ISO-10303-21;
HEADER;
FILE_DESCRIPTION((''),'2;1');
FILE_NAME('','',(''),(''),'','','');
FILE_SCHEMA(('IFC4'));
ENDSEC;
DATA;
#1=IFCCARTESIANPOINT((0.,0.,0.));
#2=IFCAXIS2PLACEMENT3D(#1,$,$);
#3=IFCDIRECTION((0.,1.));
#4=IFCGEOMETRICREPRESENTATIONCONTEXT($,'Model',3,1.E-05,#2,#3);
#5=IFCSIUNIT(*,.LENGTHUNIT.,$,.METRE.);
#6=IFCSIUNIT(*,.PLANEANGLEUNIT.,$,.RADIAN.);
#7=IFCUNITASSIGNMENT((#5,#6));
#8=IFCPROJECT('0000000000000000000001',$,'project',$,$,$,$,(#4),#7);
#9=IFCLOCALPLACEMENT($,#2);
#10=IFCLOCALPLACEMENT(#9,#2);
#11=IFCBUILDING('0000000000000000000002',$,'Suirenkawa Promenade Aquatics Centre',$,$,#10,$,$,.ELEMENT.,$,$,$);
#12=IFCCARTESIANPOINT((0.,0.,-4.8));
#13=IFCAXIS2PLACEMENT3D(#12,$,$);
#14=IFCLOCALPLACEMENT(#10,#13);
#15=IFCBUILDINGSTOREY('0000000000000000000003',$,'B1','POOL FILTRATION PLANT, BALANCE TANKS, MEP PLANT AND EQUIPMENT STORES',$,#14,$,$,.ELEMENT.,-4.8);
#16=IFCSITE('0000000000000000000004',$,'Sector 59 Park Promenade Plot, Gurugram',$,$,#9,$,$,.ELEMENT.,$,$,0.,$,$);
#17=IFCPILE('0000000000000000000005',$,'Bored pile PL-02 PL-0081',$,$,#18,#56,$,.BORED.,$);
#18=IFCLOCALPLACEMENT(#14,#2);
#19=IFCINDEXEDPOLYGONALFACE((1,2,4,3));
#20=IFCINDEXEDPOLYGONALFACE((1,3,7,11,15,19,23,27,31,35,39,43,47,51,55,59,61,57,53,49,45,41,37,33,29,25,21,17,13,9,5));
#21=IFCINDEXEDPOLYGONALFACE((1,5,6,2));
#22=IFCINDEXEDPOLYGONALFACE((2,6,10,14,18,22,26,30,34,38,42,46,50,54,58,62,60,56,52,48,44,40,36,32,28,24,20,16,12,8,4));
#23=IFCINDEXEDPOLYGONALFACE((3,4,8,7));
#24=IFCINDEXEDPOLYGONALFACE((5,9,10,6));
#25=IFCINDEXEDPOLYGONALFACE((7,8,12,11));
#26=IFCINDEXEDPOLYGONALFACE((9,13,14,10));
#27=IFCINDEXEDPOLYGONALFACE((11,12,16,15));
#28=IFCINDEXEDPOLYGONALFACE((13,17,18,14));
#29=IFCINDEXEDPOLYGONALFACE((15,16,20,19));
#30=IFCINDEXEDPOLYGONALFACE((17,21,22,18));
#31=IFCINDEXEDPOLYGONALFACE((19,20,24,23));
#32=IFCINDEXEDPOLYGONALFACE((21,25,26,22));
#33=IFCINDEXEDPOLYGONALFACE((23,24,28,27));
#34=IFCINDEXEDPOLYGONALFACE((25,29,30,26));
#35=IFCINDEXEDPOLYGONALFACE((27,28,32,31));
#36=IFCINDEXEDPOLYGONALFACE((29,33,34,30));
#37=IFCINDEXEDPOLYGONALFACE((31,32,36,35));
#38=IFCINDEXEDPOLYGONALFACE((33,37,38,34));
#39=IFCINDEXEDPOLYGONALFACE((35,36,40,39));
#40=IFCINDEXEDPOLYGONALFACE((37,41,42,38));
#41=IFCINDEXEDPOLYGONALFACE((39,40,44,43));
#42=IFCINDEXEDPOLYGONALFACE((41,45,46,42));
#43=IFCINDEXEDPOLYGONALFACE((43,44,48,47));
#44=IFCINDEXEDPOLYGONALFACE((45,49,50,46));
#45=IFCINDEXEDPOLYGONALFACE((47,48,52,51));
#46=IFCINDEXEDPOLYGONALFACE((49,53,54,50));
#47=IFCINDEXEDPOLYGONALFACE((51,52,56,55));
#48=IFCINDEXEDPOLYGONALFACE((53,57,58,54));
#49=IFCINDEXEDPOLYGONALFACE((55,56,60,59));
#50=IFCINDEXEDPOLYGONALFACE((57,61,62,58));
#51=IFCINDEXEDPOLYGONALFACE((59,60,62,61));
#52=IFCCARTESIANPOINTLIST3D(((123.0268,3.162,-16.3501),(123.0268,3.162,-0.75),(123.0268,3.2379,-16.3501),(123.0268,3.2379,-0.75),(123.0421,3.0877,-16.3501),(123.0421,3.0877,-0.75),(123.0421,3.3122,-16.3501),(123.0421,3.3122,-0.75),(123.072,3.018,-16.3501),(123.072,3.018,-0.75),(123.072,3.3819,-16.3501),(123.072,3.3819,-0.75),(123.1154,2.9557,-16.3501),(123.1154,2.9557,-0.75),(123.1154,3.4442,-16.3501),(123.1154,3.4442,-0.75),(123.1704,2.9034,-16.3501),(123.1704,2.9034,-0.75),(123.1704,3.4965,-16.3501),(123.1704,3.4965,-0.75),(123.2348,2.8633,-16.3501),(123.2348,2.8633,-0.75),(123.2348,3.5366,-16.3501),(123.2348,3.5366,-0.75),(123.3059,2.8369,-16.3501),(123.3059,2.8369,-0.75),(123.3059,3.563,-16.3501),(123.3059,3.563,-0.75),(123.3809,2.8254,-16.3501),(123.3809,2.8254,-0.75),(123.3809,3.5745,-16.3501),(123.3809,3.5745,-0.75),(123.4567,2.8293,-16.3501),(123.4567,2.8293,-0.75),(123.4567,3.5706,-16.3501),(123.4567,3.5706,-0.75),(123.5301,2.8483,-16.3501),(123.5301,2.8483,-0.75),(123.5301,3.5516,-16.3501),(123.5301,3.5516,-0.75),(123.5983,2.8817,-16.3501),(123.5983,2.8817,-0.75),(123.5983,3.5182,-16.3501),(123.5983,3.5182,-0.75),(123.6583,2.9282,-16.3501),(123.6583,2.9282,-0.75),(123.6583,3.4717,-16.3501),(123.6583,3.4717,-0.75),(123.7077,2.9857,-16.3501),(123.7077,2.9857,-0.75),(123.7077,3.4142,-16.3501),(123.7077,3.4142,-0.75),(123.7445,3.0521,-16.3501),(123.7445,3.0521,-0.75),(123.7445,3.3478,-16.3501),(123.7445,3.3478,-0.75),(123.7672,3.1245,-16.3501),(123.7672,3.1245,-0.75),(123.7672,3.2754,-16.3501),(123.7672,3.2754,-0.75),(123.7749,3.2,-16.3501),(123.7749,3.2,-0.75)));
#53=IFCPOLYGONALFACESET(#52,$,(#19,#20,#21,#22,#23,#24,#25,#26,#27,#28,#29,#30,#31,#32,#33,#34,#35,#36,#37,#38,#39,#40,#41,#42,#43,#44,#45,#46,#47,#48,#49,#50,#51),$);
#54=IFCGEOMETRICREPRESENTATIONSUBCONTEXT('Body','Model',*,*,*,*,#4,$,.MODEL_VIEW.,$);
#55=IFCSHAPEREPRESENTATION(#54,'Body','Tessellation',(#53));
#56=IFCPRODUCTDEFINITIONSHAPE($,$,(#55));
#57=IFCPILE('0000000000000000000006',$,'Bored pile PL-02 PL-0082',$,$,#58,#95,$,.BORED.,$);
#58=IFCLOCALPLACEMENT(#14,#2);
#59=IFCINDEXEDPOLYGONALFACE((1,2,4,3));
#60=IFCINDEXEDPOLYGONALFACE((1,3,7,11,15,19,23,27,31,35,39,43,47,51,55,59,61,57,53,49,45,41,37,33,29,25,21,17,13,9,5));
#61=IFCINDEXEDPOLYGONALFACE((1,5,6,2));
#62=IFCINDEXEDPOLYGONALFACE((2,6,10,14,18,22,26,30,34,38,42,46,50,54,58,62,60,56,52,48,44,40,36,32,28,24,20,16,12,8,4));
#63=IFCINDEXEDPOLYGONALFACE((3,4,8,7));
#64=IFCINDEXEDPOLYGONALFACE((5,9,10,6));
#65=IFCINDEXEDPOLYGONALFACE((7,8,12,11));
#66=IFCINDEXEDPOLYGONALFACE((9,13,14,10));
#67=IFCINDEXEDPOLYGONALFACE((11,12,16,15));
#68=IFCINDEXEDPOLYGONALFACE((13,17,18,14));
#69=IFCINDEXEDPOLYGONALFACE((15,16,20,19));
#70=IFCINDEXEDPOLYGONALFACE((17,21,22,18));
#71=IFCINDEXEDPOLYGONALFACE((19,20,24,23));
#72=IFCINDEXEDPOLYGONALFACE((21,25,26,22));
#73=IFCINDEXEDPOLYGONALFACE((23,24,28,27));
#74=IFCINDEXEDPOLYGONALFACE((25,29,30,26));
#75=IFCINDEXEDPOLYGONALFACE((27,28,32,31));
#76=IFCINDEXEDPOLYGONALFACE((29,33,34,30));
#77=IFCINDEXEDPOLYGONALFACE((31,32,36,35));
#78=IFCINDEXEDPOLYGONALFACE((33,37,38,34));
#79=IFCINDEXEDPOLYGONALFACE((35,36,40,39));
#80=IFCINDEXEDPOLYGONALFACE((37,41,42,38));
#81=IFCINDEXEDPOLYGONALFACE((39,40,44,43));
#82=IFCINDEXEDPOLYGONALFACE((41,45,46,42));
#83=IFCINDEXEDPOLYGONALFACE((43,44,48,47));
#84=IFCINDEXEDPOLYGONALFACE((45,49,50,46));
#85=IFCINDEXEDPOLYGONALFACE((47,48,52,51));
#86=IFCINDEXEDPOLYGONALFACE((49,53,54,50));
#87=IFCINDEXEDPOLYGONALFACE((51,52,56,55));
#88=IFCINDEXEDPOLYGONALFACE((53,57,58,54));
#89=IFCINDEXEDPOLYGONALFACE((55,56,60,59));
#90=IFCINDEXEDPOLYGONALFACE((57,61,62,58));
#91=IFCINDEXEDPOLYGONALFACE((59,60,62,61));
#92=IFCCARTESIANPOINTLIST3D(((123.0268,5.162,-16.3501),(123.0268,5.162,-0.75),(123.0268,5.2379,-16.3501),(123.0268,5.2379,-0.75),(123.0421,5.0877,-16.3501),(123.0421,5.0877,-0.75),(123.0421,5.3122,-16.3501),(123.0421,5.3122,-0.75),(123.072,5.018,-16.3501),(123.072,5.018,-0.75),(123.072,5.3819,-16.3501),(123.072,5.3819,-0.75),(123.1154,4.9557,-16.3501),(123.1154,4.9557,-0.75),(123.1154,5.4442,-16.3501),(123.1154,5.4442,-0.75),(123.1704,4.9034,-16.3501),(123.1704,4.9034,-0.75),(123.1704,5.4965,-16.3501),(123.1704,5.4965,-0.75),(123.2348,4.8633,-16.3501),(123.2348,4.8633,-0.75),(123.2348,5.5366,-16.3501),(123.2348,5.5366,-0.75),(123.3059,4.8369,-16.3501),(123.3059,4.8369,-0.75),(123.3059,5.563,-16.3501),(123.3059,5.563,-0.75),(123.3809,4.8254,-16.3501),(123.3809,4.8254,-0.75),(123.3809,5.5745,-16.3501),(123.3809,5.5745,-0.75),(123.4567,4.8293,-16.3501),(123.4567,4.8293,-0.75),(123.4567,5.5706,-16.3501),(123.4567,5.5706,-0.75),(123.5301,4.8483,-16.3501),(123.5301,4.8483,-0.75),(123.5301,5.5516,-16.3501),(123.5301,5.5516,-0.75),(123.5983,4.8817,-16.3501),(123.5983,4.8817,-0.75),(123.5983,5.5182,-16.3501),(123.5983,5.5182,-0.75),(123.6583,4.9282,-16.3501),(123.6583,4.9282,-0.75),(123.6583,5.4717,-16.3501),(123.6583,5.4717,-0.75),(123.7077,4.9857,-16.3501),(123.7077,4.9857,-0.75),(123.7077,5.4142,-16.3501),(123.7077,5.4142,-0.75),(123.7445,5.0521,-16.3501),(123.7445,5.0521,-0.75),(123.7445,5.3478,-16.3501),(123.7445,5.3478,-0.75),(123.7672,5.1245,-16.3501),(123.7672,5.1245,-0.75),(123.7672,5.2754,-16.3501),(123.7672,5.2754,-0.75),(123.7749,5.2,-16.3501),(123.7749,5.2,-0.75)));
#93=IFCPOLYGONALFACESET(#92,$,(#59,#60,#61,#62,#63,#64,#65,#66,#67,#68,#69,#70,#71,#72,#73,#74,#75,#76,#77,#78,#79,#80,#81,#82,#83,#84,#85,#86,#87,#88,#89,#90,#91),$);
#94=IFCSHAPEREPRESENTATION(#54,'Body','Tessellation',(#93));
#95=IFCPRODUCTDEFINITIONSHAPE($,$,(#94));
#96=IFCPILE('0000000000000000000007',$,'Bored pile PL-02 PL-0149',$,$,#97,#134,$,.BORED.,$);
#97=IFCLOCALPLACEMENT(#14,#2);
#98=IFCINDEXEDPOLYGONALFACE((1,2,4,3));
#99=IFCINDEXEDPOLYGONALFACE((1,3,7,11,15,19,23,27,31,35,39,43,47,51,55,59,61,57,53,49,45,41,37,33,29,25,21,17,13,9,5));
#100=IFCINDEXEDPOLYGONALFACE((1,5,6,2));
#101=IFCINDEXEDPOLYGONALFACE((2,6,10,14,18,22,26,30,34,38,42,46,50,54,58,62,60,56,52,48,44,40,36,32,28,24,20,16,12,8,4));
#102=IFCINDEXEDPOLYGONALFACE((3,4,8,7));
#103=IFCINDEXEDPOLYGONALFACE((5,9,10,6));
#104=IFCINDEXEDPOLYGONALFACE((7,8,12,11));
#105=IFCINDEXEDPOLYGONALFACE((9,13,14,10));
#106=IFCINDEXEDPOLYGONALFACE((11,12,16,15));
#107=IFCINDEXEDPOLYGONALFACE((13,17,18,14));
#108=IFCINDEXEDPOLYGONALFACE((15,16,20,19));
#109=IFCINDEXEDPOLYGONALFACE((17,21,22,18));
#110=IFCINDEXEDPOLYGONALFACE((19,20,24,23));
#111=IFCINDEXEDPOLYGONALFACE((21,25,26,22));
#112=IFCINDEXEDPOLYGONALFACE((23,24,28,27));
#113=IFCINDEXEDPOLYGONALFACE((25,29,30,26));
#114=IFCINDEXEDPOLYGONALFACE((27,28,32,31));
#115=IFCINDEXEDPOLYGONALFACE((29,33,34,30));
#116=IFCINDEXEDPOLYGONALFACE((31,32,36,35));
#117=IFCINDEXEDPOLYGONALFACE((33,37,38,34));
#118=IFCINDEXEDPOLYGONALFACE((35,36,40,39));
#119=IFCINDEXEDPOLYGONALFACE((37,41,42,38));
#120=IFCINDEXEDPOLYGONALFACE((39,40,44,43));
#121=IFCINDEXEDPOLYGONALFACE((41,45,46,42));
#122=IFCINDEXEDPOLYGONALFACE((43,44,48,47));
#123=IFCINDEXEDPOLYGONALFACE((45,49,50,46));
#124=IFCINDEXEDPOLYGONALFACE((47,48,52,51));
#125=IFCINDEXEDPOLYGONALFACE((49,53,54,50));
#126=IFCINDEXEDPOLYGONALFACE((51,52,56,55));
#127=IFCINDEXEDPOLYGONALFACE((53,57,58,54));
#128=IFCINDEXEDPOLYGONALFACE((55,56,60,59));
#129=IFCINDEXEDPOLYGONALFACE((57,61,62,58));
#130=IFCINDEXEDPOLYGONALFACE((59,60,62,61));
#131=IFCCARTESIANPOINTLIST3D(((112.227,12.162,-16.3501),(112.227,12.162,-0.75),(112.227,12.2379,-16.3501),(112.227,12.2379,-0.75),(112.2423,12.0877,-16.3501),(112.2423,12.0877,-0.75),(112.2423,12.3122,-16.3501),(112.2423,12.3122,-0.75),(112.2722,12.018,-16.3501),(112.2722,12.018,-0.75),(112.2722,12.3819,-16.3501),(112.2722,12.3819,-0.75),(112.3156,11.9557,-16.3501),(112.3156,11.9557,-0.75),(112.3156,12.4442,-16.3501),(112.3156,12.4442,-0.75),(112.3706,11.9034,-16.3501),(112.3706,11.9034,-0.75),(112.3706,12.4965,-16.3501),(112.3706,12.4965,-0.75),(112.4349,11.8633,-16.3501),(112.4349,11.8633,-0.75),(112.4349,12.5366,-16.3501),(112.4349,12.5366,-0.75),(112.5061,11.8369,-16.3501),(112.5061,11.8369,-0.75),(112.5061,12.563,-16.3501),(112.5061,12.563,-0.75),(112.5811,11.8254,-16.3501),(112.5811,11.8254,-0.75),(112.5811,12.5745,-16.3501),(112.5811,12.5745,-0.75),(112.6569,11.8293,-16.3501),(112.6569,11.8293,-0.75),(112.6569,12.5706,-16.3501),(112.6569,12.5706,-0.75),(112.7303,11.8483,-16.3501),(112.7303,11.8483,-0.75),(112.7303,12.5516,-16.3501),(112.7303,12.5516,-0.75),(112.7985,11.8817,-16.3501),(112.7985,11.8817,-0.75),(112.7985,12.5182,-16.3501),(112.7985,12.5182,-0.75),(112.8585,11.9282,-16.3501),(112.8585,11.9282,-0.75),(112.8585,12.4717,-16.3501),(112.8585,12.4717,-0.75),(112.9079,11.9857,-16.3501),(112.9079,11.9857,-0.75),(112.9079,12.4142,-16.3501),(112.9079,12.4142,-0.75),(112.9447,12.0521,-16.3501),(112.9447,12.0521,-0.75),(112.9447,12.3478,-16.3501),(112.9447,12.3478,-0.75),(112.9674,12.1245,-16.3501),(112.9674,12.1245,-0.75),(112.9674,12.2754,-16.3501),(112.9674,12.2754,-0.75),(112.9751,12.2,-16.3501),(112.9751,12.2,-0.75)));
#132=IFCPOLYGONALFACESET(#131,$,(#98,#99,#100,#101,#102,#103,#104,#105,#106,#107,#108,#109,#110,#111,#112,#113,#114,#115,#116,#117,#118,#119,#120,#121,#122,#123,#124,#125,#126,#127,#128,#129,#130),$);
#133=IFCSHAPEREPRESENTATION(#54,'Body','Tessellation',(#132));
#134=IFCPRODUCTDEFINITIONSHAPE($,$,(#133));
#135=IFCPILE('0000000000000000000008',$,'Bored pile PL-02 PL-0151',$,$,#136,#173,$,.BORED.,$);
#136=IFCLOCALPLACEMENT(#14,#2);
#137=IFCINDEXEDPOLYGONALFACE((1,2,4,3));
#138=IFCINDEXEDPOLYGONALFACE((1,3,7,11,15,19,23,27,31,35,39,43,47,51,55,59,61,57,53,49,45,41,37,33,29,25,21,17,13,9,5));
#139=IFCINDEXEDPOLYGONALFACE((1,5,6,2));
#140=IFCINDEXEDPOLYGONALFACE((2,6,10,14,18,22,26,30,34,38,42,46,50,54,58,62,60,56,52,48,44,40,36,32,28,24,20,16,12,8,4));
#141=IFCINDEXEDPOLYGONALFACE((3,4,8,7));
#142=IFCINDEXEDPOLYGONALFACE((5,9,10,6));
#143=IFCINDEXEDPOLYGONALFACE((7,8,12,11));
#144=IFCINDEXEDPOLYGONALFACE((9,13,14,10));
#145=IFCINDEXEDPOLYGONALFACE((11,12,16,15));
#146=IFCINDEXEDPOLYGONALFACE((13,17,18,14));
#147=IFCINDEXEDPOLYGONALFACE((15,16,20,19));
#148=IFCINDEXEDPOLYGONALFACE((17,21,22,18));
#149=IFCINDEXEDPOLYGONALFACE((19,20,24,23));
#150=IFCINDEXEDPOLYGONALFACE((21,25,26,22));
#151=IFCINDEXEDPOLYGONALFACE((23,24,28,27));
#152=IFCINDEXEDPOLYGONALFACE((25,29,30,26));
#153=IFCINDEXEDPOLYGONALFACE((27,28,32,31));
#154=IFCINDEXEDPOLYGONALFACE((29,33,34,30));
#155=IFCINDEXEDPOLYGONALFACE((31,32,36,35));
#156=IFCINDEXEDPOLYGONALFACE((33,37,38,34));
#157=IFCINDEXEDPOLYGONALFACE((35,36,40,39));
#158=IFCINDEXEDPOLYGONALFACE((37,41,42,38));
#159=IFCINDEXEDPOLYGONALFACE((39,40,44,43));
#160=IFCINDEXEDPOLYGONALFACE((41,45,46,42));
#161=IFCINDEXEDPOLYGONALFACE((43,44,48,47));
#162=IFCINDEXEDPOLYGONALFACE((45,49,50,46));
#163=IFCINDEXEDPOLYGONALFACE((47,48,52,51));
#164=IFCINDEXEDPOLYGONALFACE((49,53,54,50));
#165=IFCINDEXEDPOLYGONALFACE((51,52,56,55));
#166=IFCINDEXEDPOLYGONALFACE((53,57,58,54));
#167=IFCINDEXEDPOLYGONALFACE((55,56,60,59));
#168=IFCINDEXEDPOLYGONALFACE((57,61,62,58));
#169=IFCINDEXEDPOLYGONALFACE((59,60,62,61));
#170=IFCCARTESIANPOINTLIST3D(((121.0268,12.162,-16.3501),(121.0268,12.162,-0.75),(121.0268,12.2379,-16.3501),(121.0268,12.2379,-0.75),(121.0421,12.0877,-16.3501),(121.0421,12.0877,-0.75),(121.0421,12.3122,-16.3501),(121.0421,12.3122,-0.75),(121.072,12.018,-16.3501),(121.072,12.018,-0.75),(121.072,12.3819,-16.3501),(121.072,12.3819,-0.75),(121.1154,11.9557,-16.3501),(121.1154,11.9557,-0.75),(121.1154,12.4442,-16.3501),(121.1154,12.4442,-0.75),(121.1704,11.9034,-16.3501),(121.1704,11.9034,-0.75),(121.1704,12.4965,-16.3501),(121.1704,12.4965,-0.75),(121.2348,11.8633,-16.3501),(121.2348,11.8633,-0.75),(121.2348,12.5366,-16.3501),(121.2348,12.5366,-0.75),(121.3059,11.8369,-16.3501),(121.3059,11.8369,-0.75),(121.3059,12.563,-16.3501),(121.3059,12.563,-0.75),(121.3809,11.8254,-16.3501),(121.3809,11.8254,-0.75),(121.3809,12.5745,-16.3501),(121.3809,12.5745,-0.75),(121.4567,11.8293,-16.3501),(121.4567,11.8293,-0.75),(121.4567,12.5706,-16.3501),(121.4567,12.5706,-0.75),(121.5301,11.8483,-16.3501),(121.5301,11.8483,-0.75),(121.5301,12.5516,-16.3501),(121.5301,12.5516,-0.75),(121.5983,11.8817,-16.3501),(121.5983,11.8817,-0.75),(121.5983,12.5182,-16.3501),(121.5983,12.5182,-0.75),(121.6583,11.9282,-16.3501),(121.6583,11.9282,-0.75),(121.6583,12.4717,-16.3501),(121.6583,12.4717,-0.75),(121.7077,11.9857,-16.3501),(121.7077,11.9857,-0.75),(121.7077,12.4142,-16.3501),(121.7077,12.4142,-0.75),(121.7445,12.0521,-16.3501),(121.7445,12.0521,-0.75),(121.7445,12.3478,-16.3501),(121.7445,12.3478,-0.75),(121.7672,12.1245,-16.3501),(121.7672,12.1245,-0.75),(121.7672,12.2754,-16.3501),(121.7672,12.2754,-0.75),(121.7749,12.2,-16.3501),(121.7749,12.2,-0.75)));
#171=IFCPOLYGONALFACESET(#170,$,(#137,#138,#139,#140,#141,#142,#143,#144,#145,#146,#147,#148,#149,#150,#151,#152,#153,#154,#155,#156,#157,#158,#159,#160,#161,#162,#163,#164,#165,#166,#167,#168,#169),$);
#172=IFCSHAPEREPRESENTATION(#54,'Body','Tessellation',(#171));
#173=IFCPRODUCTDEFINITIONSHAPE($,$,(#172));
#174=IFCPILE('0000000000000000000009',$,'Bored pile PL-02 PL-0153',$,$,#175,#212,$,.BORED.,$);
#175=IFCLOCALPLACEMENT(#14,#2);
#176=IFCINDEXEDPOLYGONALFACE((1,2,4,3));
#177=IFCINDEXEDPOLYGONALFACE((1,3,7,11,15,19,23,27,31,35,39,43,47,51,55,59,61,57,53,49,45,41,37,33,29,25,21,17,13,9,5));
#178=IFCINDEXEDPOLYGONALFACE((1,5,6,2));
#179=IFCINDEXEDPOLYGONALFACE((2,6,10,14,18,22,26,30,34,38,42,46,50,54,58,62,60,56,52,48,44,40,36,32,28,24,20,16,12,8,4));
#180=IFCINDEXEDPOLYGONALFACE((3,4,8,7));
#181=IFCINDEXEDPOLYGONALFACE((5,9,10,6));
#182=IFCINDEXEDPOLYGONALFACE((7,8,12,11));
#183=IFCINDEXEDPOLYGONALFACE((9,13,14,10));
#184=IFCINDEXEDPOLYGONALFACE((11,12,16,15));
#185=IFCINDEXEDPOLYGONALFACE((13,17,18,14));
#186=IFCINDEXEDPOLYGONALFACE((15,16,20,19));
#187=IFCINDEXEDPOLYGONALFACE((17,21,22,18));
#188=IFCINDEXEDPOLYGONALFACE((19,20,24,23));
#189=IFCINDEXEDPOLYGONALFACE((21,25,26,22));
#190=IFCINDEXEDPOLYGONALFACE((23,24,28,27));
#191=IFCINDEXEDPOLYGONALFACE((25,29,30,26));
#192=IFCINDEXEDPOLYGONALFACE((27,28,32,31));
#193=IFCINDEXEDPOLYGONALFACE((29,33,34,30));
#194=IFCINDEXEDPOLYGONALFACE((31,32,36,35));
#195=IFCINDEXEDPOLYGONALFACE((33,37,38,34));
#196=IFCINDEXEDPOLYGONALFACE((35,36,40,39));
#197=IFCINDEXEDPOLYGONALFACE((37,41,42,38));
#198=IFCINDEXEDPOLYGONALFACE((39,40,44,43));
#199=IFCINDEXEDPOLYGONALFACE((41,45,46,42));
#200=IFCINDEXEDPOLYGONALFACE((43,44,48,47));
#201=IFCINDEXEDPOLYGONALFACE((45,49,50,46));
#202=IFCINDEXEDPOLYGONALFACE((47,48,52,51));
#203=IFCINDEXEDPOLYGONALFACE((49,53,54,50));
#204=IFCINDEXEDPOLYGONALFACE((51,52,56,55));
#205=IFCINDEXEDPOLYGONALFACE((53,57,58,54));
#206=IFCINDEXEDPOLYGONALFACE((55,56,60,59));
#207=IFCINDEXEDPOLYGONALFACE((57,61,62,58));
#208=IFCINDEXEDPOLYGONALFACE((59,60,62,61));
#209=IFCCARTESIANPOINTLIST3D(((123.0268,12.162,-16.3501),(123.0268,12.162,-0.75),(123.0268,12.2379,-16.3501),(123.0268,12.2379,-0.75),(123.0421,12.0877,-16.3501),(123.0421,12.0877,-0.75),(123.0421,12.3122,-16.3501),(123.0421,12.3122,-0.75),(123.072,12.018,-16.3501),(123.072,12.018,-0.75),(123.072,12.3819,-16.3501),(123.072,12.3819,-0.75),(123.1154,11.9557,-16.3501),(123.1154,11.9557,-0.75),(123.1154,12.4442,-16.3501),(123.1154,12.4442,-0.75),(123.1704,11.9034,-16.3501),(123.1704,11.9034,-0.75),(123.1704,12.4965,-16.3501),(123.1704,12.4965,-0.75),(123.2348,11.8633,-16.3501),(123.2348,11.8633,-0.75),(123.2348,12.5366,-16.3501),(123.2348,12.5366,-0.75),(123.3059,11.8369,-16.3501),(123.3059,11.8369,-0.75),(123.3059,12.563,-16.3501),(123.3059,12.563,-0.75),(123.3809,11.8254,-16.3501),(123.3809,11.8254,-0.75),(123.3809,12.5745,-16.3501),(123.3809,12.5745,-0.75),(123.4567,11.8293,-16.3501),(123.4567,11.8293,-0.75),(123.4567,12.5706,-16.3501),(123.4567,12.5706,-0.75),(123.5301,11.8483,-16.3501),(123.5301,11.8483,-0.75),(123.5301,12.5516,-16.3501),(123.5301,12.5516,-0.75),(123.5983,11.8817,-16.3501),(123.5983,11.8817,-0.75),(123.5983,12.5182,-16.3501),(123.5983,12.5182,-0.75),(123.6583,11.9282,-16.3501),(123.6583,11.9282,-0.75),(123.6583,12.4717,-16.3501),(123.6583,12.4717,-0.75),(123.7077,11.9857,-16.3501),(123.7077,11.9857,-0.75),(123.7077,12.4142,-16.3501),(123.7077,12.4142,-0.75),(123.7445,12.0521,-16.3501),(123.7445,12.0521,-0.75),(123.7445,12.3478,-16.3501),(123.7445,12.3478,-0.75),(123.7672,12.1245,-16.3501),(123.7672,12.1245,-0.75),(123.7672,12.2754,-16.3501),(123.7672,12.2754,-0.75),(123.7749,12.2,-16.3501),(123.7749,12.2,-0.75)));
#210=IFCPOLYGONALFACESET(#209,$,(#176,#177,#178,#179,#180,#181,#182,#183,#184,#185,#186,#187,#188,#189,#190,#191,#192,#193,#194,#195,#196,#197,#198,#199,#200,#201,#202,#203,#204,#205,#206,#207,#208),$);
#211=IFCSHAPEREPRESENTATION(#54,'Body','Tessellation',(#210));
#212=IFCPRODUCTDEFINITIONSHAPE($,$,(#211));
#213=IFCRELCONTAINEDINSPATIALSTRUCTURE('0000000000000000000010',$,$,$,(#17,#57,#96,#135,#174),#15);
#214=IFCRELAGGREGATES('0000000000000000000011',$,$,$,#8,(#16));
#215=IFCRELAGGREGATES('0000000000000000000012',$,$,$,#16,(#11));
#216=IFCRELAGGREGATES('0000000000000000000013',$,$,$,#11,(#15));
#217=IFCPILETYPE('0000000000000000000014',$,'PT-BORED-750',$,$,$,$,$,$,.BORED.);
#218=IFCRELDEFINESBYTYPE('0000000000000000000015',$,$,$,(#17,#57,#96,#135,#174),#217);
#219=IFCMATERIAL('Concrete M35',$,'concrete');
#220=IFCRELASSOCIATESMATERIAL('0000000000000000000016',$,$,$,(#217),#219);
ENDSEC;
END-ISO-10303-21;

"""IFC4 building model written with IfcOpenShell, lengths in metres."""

from ifc_helpers import new_model, si_unit, direction, frame, origin, origin_2d, place, context, subcontext, project, spatial, circle, extrude, material, material_profile, profile_set, type_object, element, save


model = new_model("IFC4")

# Units and contexts
model_context = context("Model", 3, precision=1e-05, world=origin(), true_north=direction((0.0, 1.0)))
body_context = subcontext(model_context, "Body", "Model", "MODEL_VIEW")
ifc_project = project(units=[si_unit("LENGTHUNIT", "METRE"), si_unit("PLANEANGLEUNIT", "RADIAN")], contexts=[model_context])

# Site, building, storey
site_placement = place(None, origin())
site = spatial("IfcSite", under=ifc_project, at=site_placement, Name="Sector 59 Park Promenade Plot, Gurugram", CompositionType="ELEMENT", RefElevation=0.0)
building_placement = place(site_placement, origin())
building = spatial("IfcBuilding", under=site, at=building_placement, Name="Suirenkawa Promenade Aquatics Centre", CompositionType="ELEMENT")
storey_placement = place(building_placement, frame((0.0, 0.0, -4.8)))
storey = spatial("IfcBuildingStorey", under=building, at=storey_placement, Name="B1", Description="POOL FILTRATION PLANT, BALANCE TANKS, MEP PLANT AND EQUIPMENT STORES", CompositionType="ELEMENT", Elevation=-4.8)

# Shared definitions
ifc_material_1 = material(Name="Concrete M35", Category="concrete")

# Piles
ifc_material_profile_1 = material_profile(ifc_material_1, circle(Radius=0.375, at=origin_2d()), Name="PILE D750", Category="concrete")
ifc_profile_set_1 = profile_set([ifc_material_profile_1], Name="Concrete M35")
pile_type = type_object("IfcPileType", Name="PT-BORED-750", PredefinedType="BORED", material=ifc_profile_set_1)
for number, where, z_axis, x_axis, name in (
    (1, (123.3999, 3.2, -0.75), (0.0, 0.0, -1.0), (1.0, 0.0, 0.0), "Bored pile PL-02 PL-0081"),
    (2, (123.3999, 5.2, -0.75), (0.0, 0.0, -1.0), (1.0, 0.0, 0.0), "Bored pile PL-02 PL-0082"),
    (3, (112.6001, 12.2, -0.75), (0.0, 0.0, -1.0), (1.0, 0.0, 0.0), "Bored pile PL-02 PL-0149"),
    (4, (121.3999, 12.2, -0.75), (0.0, 0.0, -1.0), (1.0, 0.0, 0.0), "Bored pile PL-02 PL-0151"),
    (5, (123.3999, 12.2, -0.75), (0.0, 0.0, -1.0), (1.0, 0.0, 0.0), "Bored pile PL-02 PL-0153"),
):
    element("IfcPile", number, at=place(storey_placement, frame(where, z_axis=z_axis, x_axis=x_axis)), inside=storey, type_object=pile_type, Name=name, PredefinedType="BORED", context=body_context, shape_type="SweptSolid", body=[
        extrude(circle(Radius=0.375, at=origin_2d()), origin(), (0.0, 0.0, 1.0), 15.6001),
    ])

save(model, "model.ifc")
